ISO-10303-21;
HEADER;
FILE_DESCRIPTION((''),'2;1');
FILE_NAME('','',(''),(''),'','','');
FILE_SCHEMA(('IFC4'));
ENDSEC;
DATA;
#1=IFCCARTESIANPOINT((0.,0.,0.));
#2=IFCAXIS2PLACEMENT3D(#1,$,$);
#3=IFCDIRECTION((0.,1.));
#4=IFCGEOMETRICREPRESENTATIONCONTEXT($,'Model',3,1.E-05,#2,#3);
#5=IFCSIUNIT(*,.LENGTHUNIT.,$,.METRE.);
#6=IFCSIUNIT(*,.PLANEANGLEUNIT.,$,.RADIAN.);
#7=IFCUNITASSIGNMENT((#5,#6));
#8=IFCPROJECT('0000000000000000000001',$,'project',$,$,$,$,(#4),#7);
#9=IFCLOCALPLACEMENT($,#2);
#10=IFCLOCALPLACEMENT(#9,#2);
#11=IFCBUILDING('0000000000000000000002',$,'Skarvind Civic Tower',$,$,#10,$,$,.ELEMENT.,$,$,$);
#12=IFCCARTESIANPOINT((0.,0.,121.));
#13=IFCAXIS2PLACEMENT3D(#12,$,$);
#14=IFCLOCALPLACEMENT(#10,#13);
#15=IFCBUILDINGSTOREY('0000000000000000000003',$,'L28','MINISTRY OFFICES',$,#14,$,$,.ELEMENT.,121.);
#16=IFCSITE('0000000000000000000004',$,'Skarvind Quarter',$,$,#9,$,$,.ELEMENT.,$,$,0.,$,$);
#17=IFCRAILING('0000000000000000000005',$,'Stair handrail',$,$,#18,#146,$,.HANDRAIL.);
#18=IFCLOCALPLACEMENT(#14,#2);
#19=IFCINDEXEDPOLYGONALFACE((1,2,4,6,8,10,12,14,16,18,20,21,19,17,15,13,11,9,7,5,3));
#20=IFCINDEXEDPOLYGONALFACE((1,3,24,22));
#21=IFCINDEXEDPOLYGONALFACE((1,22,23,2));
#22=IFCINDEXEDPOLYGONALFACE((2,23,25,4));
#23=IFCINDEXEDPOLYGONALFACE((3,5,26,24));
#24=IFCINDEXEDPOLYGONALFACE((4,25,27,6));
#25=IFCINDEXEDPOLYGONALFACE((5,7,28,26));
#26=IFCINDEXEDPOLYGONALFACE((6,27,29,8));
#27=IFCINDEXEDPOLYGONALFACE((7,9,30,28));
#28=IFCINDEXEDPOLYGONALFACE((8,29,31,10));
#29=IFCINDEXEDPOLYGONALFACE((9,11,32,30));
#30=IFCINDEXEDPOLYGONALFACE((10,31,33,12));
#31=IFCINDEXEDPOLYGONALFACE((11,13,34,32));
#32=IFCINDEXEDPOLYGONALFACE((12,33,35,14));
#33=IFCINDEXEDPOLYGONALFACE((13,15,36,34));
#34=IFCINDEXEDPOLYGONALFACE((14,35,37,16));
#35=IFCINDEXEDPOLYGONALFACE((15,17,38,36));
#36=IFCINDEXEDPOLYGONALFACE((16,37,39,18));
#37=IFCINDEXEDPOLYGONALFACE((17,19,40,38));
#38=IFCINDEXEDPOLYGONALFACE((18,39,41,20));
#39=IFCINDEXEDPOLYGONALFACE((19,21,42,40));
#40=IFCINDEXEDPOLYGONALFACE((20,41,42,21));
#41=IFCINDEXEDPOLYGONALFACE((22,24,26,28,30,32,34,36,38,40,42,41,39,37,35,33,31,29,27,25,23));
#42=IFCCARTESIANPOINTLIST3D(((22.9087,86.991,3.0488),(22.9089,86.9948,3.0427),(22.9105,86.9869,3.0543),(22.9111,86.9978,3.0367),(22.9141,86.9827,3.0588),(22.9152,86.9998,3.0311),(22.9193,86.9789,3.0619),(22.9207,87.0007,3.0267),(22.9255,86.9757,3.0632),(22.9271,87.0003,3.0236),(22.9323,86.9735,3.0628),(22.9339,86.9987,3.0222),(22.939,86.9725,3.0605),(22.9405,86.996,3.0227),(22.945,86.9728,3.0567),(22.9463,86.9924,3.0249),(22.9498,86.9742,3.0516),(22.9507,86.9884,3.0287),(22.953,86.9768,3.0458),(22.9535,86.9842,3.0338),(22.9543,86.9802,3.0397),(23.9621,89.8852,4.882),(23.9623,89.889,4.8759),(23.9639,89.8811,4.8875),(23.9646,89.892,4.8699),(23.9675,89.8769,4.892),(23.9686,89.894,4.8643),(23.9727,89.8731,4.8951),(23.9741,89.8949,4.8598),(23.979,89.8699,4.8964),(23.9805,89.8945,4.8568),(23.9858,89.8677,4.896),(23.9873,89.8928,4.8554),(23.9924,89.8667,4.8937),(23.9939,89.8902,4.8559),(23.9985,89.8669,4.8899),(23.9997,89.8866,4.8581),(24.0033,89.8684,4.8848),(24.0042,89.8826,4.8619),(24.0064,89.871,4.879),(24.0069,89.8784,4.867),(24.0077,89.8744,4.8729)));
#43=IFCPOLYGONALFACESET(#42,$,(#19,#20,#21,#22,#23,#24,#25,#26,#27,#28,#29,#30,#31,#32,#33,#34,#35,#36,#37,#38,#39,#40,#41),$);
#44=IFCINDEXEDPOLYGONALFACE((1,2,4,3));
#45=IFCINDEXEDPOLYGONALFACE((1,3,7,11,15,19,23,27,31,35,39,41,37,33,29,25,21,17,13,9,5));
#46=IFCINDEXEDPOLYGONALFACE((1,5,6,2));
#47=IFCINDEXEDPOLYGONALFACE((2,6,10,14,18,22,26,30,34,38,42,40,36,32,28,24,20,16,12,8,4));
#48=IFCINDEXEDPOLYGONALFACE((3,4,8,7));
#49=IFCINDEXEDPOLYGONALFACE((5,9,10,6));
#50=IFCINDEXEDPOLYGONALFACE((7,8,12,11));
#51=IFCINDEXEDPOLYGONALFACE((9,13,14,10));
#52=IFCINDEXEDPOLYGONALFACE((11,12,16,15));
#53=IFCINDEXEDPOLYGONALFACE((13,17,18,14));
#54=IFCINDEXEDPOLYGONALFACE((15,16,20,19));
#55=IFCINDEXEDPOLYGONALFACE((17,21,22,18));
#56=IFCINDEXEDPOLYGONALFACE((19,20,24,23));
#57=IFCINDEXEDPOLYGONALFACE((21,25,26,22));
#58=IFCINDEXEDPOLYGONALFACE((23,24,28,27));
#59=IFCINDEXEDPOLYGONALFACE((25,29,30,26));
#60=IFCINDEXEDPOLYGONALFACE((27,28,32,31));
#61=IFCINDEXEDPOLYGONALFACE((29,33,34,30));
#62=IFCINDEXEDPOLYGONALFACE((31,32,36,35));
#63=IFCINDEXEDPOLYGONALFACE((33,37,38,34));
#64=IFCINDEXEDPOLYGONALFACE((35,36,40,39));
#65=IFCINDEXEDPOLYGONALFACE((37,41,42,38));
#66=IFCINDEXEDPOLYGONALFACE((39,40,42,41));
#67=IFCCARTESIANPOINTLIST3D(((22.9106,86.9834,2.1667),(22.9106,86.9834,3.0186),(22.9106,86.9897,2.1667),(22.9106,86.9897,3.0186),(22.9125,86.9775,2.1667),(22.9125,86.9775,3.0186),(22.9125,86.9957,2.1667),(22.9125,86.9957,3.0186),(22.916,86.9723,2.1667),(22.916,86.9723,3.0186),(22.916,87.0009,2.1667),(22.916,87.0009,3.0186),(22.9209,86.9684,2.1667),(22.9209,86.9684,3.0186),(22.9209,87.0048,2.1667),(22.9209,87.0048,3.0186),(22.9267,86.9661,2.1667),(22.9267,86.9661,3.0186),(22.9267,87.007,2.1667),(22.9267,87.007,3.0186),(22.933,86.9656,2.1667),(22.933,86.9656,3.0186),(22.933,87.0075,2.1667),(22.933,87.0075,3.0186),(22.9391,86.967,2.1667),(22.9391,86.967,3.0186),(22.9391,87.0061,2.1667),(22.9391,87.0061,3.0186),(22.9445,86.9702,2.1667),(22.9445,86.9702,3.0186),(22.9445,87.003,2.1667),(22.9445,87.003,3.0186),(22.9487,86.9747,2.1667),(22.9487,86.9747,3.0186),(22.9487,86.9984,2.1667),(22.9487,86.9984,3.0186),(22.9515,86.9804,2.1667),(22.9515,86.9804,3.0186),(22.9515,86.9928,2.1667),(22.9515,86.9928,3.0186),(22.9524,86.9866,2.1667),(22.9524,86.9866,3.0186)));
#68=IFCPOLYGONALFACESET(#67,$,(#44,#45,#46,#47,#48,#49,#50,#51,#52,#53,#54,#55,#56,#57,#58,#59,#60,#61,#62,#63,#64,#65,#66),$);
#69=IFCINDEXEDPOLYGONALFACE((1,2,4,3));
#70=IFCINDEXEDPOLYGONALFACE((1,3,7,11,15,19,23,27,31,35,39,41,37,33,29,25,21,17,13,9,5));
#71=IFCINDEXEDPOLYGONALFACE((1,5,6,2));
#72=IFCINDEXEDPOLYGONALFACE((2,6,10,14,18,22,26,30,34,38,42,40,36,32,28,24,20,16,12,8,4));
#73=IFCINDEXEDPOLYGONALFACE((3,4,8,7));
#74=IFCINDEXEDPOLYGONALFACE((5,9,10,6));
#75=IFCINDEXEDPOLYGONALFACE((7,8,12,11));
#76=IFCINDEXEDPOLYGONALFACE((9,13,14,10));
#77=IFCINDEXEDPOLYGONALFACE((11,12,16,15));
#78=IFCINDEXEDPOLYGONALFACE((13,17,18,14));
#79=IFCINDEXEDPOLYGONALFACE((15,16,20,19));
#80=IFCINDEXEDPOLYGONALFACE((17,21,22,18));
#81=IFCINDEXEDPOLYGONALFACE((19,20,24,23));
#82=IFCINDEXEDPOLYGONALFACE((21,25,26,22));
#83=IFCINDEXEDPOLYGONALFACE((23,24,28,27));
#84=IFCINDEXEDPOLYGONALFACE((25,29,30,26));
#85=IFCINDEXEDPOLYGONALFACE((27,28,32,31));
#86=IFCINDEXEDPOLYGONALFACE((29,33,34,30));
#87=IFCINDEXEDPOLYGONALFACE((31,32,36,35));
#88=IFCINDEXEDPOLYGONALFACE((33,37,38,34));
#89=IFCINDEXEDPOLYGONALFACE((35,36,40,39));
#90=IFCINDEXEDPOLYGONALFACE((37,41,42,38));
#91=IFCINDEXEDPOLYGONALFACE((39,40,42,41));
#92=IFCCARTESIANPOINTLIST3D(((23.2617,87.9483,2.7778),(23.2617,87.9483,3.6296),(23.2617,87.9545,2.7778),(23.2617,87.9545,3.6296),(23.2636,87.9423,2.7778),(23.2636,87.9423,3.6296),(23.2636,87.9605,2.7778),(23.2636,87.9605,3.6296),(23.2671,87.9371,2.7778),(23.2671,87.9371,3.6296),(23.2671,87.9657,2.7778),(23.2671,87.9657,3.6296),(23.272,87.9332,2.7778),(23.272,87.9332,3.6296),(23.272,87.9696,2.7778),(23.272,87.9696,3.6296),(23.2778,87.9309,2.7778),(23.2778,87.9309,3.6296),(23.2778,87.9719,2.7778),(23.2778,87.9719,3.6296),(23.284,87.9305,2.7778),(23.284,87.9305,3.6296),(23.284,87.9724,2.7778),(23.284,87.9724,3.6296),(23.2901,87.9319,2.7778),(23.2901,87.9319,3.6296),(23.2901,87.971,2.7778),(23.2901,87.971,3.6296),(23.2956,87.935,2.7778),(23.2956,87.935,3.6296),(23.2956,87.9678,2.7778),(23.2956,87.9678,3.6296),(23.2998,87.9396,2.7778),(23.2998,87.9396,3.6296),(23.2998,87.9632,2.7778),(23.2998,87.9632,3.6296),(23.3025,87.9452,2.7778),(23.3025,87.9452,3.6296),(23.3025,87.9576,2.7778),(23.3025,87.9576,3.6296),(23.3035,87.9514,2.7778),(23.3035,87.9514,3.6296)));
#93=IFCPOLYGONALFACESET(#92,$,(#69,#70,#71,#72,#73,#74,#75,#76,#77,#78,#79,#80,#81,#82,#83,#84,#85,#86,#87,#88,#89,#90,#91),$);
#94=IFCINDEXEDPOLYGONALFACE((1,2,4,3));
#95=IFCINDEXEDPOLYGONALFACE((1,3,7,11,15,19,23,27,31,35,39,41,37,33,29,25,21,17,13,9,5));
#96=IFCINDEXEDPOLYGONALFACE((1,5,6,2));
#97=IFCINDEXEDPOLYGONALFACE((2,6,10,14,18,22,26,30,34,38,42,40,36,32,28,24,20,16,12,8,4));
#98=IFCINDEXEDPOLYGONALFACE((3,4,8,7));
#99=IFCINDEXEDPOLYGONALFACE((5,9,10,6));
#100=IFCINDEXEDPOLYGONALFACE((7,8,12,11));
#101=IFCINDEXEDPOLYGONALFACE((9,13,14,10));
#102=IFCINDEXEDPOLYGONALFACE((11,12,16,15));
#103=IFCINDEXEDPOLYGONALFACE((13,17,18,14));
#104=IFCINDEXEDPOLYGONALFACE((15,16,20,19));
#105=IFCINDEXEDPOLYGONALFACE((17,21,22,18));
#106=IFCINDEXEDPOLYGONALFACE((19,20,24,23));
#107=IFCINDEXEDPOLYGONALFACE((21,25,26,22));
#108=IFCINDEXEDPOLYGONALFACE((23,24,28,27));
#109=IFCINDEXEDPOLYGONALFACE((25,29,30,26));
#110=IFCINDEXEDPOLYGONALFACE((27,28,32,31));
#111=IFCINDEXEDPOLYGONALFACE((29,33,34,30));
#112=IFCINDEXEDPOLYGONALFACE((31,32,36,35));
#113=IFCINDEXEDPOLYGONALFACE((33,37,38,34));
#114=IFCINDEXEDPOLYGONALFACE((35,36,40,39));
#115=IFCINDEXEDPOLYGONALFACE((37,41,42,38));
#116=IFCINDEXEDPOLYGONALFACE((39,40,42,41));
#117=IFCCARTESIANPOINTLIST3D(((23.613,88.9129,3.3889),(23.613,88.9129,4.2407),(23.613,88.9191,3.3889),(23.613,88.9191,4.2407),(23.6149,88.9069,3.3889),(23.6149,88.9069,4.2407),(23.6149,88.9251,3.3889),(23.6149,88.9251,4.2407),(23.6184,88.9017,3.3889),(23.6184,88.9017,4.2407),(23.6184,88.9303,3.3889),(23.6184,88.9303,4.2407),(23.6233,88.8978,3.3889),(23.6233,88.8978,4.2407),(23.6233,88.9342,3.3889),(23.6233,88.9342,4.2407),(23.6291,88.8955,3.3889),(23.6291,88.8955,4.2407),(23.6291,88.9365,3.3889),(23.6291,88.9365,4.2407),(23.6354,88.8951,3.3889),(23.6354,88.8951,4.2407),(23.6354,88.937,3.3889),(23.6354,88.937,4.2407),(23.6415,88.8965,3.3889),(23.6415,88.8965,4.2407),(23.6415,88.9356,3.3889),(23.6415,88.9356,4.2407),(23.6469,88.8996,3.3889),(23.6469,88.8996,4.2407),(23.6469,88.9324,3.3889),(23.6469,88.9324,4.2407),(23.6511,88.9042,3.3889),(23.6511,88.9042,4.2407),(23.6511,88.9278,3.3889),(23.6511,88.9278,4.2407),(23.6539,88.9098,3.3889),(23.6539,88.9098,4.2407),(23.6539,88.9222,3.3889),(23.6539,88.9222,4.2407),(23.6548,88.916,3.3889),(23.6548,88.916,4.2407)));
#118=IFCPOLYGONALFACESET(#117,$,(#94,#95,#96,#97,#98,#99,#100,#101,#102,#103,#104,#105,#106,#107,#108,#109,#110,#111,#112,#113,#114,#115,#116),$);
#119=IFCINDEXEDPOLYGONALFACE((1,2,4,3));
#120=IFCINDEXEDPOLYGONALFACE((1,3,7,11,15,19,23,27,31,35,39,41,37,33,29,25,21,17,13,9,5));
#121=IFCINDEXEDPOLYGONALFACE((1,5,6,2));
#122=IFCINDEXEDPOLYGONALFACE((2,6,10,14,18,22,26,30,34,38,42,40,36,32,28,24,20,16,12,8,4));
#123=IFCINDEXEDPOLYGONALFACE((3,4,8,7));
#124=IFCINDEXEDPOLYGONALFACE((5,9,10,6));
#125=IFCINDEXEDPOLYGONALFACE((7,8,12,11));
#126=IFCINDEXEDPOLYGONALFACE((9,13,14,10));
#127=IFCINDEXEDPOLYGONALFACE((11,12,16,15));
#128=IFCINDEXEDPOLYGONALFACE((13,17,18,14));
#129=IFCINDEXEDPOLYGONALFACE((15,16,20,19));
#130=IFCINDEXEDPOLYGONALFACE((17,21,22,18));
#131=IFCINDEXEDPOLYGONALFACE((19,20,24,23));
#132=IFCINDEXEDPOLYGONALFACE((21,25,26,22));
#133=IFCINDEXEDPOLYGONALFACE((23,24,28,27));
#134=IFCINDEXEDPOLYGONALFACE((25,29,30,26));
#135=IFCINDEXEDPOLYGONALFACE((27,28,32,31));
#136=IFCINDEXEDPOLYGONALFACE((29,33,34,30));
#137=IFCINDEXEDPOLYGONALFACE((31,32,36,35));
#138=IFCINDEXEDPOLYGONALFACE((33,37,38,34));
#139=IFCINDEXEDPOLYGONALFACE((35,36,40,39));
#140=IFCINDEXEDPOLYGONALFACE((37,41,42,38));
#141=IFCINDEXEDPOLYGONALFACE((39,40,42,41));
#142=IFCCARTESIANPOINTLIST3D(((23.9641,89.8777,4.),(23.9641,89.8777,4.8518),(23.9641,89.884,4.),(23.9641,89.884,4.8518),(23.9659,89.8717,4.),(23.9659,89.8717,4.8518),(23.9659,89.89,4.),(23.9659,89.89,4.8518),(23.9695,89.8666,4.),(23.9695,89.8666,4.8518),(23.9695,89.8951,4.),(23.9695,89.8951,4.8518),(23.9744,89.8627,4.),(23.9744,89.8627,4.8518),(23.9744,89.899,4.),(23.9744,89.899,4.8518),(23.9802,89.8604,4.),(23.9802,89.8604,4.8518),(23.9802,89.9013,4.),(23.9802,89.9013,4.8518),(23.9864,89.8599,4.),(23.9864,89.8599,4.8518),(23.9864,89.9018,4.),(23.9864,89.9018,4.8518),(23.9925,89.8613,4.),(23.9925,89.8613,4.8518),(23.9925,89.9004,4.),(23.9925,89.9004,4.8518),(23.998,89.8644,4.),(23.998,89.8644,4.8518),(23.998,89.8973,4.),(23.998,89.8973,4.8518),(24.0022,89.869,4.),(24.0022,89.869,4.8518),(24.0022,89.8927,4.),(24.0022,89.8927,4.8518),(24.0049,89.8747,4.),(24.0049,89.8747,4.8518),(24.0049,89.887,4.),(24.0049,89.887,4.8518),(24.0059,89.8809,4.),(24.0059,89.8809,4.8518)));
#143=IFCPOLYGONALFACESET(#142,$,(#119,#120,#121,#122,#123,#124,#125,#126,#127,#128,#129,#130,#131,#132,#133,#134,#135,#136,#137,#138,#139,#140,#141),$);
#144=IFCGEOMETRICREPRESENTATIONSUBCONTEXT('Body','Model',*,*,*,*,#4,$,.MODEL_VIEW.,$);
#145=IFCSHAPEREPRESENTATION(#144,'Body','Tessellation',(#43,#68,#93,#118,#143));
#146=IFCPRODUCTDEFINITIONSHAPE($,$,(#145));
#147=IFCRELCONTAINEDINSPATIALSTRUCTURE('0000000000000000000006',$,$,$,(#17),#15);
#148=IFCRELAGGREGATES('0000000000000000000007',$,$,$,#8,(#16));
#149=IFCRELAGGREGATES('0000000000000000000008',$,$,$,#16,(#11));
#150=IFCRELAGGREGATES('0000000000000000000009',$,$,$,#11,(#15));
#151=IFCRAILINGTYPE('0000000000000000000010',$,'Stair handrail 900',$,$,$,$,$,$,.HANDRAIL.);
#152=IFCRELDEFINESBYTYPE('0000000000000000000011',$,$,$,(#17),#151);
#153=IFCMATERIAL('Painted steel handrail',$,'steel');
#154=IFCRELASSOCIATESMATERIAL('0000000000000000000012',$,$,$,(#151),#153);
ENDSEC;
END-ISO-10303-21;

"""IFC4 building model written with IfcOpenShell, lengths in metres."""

from ifc_helpers import new_model, si_unit, direction, frame, origin, origin_2d, place, context, subcontext, project, spatial, circle, extrude, material, type_object, element, save


model = new_model("IFC4")

# Units and contexts
model_context = context("Model", 3, precision=1e-05, world=origin(), true_north=direction((0.0, 1.0)))
body_context = subcontext(model_context, "Body", "Model", "MODEL_VIEW")
ifc_project = project(units=[si_unit("LENGTHUNIT", "METRE"), si_unit("PLANEANGLEUNIT", "RADIAN")], contexts=[model_context])

# Site, building, storey
site_placement = place(None, origin())
site = spatial("IfcSite", under=ifc_project, at=site_placement, Name="Skarvind Quarter", CompositionType="ELEMENT", RefElevation=0.0)
building_placement = place(site_placement, origin())
building = spatial("IfcBuilding", under=site, at=building_placement, Name="Skarvind Civic Tower", CompositionType="ELEMENT")
storey_placement = place(building_placement, frame((0.0, 0.0, 121.0)))
storey = spatial("IfcBuildingStorey", under=building, at=storey_placement, Name="L28", Description="MINISTRY OFFICES", CompositionType="ELEMENT", Elevation=121.0)

# Railing
ifc_material_1 = material(Name="Painted steel handrail", Category="steel")
railing_type = type_object("IfcRailingType", Name="Stair handrail 900", PredefinedType="HANDRAIL", material=ifc_material_1)
railing_1_placement = place(storey_placement, frame((22.9314, 86.9866, 2.1667)))
element("IfcRailing", 1, at=railing_1_placement, inside=storey, type_object=railing_type, Name="Stair handrail", PredefinedType="HANDRAIL", context=body_context, shape_type="SweptSolid", body=[
    extrude(circle(Radius=0.0239, at=origin_2d()), frame((0.0, 0.0, 0.876), z_axis=(0.293908, 0.807481, 0.511461), x_axis=(-0.939689, 0.342029, 0.0)), (0.0, 0.0, 1.0), 3.5842),
    extrude(circle(Radius=0.021, at=origin_2d()), origin(), (0.0, 0.0, 1.0), 0.8518),
    extrude(circle(Radius=0.021, at=origin_2d()), frame((0.3511, 0.9648, 0.6111)), (0.0, 0.0, 1.0), 0.8518),
    extrude(circle(Radius=0.021, at=origin_2d()), frame((0.7024, 1.9294, 1.2222)), (0.0, 0.0, 1.0), 0.8518),
    extrude(circle(Radius=0.021, at=origin_2d()), frame((1.0535, 2.8943, 1.8333)), (0.0, 0.0, 1.0), 0.8518),
])

save(model, "model.ifc")
